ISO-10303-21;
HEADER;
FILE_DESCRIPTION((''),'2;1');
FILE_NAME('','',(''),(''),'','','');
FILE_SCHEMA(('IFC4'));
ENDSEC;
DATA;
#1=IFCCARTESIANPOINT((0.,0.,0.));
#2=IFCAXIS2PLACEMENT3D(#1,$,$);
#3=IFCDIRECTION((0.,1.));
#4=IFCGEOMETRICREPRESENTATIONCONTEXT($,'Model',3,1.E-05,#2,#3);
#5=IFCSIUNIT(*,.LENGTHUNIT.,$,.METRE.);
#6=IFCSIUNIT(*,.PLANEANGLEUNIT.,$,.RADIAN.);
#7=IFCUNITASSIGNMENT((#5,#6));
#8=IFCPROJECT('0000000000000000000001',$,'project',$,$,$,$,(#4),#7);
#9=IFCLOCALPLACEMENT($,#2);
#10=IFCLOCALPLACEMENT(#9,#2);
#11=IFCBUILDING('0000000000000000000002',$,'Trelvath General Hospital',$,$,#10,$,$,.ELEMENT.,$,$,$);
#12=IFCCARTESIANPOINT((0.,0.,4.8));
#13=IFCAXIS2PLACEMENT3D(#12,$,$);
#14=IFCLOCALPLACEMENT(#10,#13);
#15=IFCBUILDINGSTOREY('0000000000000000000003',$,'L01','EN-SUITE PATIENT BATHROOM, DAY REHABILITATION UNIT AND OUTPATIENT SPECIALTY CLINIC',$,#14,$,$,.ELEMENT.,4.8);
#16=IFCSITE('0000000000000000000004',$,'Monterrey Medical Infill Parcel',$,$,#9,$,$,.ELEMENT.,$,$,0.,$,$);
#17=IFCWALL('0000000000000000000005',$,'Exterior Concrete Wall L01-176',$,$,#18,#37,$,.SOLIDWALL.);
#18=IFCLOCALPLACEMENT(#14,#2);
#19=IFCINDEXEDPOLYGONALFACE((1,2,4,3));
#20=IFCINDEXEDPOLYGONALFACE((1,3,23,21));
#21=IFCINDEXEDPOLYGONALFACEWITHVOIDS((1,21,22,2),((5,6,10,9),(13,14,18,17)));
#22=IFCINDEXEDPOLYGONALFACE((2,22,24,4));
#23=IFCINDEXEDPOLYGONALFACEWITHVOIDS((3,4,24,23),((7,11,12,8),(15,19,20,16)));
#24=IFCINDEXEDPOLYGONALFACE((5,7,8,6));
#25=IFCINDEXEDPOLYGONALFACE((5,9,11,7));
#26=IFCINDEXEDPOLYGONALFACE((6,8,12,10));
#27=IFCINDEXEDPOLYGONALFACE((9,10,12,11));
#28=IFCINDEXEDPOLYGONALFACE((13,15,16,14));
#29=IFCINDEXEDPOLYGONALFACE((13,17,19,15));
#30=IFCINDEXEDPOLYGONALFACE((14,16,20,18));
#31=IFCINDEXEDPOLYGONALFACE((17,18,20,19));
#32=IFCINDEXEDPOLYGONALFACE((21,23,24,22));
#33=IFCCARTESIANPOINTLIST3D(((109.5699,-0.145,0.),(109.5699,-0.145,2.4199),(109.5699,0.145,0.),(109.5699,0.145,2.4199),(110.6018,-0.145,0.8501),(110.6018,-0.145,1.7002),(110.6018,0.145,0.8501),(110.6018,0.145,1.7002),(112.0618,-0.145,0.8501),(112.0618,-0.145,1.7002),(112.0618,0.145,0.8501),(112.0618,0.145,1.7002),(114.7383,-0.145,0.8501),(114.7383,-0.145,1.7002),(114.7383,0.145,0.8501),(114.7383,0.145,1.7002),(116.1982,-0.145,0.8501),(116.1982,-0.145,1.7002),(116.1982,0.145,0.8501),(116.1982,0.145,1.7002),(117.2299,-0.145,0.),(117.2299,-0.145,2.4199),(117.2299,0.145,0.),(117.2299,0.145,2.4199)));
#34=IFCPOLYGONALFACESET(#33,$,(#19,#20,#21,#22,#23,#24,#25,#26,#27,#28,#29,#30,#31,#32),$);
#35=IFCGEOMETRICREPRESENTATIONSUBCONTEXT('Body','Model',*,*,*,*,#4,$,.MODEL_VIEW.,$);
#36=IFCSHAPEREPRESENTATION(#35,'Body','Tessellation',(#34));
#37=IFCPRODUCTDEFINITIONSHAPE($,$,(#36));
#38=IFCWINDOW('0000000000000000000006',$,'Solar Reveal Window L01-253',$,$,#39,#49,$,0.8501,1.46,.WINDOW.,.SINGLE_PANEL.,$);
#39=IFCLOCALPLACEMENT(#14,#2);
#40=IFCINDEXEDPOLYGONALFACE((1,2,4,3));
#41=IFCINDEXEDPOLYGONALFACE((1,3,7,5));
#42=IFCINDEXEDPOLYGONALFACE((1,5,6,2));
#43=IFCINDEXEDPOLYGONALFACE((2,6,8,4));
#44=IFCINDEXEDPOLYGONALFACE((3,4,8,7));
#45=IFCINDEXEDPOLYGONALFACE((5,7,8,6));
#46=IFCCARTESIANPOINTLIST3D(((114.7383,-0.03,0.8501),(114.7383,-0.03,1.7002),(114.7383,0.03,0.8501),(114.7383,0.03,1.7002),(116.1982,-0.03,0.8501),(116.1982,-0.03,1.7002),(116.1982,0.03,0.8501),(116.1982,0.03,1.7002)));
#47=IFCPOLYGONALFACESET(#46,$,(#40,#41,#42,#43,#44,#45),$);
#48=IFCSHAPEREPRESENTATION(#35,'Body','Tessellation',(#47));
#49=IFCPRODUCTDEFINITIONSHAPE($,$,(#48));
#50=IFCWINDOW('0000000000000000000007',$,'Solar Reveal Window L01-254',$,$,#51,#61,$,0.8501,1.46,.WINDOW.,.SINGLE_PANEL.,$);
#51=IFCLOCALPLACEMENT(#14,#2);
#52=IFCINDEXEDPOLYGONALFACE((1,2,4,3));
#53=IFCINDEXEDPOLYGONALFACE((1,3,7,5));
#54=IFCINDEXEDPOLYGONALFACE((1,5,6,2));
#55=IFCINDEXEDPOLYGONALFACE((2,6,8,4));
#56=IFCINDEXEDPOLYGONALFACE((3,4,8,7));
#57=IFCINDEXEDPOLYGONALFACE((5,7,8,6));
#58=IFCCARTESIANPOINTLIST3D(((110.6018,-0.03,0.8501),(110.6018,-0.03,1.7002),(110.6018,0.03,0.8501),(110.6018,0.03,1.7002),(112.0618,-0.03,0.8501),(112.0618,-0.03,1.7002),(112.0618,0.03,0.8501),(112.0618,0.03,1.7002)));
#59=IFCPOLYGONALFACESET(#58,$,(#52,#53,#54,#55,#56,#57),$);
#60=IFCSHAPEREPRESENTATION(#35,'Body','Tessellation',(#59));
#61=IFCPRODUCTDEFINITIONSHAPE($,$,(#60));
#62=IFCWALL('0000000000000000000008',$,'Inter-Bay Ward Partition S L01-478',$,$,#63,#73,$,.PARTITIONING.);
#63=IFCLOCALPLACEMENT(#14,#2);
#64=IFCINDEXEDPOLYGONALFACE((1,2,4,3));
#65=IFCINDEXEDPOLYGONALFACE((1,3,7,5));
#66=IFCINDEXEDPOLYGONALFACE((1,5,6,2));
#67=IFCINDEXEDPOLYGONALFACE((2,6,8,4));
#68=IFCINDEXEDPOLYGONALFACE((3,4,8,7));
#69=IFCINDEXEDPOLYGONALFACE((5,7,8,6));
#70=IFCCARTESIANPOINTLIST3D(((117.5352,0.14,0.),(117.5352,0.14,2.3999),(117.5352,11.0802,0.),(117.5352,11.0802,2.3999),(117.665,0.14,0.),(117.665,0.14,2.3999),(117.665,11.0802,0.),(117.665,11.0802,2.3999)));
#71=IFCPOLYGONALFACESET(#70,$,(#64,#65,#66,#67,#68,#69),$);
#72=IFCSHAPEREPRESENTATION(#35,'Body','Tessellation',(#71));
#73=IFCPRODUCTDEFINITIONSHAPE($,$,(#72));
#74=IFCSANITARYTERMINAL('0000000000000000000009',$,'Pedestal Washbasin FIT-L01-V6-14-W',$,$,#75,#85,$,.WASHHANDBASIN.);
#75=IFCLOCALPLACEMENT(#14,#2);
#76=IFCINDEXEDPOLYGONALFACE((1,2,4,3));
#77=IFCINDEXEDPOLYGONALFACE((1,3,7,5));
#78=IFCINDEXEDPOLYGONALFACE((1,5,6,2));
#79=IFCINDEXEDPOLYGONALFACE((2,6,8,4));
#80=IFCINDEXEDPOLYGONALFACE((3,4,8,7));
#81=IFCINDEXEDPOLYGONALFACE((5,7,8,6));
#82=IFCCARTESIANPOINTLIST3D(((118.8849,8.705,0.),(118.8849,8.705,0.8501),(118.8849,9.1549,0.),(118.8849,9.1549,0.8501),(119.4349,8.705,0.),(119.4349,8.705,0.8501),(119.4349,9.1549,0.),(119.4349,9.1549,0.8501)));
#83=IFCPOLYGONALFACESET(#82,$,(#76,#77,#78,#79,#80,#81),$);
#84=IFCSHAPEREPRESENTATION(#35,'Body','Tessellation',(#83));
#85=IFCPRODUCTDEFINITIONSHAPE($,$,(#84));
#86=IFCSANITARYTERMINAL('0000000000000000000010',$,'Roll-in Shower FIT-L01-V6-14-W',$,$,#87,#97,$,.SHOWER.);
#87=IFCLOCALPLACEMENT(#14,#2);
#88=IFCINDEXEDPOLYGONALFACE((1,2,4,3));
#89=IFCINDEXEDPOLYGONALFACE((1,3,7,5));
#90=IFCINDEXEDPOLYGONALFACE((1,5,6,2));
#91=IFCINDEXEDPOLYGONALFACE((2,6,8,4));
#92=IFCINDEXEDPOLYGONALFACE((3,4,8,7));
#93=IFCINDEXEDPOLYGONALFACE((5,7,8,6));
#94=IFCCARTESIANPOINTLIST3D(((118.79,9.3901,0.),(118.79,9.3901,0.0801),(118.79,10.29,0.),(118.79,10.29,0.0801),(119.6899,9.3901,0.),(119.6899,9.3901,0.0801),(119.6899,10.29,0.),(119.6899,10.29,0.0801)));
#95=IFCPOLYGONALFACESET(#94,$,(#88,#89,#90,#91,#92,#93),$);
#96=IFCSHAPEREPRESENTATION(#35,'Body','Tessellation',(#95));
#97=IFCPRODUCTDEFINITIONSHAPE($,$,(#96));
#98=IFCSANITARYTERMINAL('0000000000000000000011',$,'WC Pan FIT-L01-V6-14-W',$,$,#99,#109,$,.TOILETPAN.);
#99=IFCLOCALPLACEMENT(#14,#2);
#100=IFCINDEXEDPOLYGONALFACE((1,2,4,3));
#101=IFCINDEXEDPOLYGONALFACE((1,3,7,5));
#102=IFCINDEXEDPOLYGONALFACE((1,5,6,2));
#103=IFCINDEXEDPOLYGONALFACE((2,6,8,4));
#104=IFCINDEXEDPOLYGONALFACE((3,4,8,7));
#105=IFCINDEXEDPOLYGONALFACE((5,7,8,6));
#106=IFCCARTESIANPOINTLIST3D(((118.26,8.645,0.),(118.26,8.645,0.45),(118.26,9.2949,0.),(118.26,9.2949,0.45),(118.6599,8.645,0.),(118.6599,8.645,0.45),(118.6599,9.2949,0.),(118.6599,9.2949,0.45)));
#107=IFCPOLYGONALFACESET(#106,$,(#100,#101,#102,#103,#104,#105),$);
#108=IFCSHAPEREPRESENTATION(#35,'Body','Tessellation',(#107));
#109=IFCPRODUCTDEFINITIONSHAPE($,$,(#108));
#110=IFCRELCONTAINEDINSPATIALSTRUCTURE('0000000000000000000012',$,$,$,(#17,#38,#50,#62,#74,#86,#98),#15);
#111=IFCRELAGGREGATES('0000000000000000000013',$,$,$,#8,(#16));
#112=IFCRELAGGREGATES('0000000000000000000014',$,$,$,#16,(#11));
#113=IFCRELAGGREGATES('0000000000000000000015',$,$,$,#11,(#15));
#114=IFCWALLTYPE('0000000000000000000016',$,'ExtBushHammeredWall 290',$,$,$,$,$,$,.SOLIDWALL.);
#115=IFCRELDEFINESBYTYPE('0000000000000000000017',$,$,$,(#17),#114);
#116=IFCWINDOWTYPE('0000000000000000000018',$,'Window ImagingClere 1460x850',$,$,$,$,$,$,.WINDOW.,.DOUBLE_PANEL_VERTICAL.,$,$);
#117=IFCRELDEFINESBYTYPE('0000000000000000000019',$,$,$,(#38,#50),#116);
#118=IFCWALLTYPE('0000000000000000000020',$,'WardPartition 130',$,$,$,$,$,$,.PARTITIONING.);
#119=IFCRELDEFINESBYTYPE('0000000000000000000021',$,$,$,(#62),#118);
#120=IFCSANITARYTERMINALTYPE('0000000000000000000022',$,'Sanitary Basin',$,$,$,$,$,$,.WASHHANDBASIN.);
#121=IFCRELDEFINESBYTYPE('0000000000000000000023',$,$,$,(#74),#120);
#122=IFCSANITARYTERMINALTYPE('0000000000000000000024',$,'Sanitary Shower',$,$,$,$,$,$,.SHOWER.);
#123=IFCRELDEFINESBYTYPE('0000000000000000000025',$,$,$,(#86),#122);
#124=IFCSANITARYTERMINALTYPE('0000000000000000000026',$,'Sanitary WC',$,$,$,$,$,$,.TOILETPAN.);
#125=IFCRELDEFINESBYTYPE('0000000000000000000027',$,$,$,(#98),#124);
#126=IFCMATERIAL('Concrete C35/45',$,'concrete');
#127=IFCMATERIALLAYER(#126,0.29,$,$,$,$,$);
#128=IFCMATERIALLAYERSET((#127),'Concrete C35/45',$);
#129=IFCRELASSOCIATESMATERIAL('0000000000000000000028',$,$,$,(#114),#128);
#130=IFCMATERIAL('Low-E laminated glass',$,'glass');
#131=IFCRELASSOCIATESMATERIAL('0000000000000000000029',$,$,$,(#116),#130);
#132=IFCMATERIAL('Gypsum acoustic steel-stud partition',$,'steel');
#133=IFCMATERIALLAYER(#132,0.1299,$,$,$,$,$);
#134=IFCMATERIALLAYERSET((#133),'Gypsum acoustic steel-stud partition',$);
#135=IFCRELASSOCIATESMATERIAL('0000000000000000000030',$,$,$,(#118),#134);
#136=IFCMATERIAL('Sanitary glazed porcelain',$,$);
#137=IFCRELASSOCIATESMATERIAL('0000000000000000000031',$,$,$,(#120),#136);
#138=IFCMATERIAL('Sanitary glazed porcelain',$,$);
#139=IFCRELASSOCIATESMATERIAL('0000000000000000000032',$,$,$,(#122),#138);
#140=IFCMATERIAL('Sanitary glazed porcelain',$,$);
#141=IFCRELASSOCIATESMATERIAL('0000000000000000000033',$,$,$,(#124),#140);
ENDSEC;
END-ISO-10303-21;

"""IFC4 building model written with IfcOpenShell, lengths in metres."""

from ifc_helpers import new_model, si_unit, direction, frame, frame_2d, origin, origin_2d, place, context, subcontext, project, spatial, rectangle, extrude, material, layer, layer_set, type_object, element, fill, save


model = new_model("IFC4")

# Units and contexts
model_context = context("Model", 3, precision=1e-05, world=origin(), true_north=direction((0.0, 1.0)))
body_context = subcontext(model_context, "Body", "Model", "MODEL_VIEW")
ifc_project = project(units=[si_unit("LENGTHUNIT", "METRE"), si_unit("PLANEANGLEUNIT", "RADIAN")], contexts=[model_context])

# Site, building, storey
site_placement = place(None, origin())
site = spatial("IfcSite", under=ifc_project, at=site_placement, Name="Monterrey Medical Infill Parcel", CompositionType="ELEMENT", RefElevation=0.0)
building_placement = place(site_placement, origin())
building = spatial("IfcBuilding", under=site, at=building_placement, Name="Trelvath General Hospital", CompositionType="ELEMENT")
storey_placement = place(building_placement, frame((0.0, 0.0, 4.8)))
storey = spatial("IfcBuildingStorey", under=building, at=storey_placement, Name="L01", Description="EN-SUITE PATIENT BATHROOM, DAY REHABILITATION UNIT AND OUTPATIENT SPECIALTY CLINIC", CompositionType="ELEMENT", Elevation=4.8)

# Wall, openings, windows
ifc_material_1 = material(Name="Concrete C35/45", Category="concrete")
ifc_layer_1 = layer(ifc_material_1, 0.29)
ifc_layer_set_1 = layer_set([ifc_layer_1], Name="Concrete C35/45")
wall_type_1 = type_object("IfcWallType", Name="ExtBushHammeredWall 290", PredefinedType="SOLIDWALL", material=ifc_layer_set_1)
wall_1_placement = place(storey_placement, frame((117.23, 0.0, 0.0), z_axis=(0.0, 0.0, 1.0), x_axis=(-1.0, 0.0, 0.0)))
wall_1 = element("IfcWall", 1, at=wall_1_placement, inside=storey, type_object=wall_type_1, Name="Exterior Concrete Wall L01-176", PredefinedType="SOLIDWALL", context=body_context, shape_type="SweptSolid", body=[
    extrude(rectangle(XDim=7.6599, YDim=0.29, at=frame_2d((3.8301, 0.0))), origin(), (0.0, 0.0, 1.0), 2.4199),
])
opening_1_placement = place(wall_1_placement, frame((1.0317, 0.0, 0.8501)))
opening_1 = element("IfcOpeningElement", 2, at=opening_1_placement, cuts=wall_1, PredefinedType="OPENING", context=body_context, shape_type="SweptSolid", body=[
    extrude(rectangle(XDim=1.46, YDim=0.8501, at=frame_2d((0.73, 0.425))), frame((0.0, 0.155, 0.0), z_axis=(0.0, -1.0, 0.0), x_axis=(1.0, 0.0, 0.0)), (0.0, 0.0, 1.0), 0.3101),
])
opening_2_placement = place(wall_1_placement, frame((5.1682, 0.0, 0.8501)))
opening_2 = element("IfcOpeningElement", 3, at=opening_2_placement, cuts=wall_1, PredefinedType="OPENING", context=body_context, shape_type="SweptSolid", body=[
    extrude(rectangle(XDim=1.46, YDim=0.8501, at=frame_2d((0.73, 0.425))), frame((0.0, 0.155, 0.0), z_axis=(0.0, -1.0, 0.0), x_axis=(1.0, 0.0, 0.0)), (0.0, 0.0, 1.0), 0.3101),
])
ifc_material_2 = material(Name="Low-E laminated glass", Category="glass")
window_type = type_object("IfcWindowType", Name="Window ImagingClere 1460x850", PartitioningType="DOUBLE_PANEL_VERTICAL", PredefinedType="WINDOW", material=ifc_material_2)
window_1_placement = place(opening_1_placement, origin())
window_1 = element("IfcWindow", 4, at=window_1_placement, inside=storey, type_object=window_type, Name="Solar Reveal Window L01-253", OverallHeight=0.8501, OverallWidth=1.46, PartitioningType="SINGLE_PANEL", PredefinedType="WINDOW", context=body_context, shape_type="SweptSolid", body=[
    extrude(rectangle(XDim=1.46, YDim=0.8501, at=frame_2d((0.73, 0.425))), frame((0.0, 0.03, 0.0), z_axis=(0.0, -1.0, 0.0), x_axis=(1.0, 0.0, 0.0)), (0.0, 0.0, 1.0), 0.0601),
])
fill(opening_1, window_1)
window_2_placement = place(opening_2_placement, origin())
window_2 = element("IfcWindow", 5, at=window_2_placement, inside=storey, type_object=window_type, Name="Solar Reveal Window L01-254", OverallHeight=0.8501, OverallWidth=1.46, PartitioningType="SINGLE_PANEL", PredefinedType="WINDOW", context=body_context, shape_type="SweptSolid", body=[
    extrude(rectangle(XDim=1.46, YDim=0.8501, at=frame_2d((0.73, 0.425))), frame((0.0, 0.03, 0.0), z_axis=(0.0, -1.0, 0.0), x_axis=(1.0, 0.0, 0.0)), (0.0, 0.0, 1.0), 0.0601),
])
fill(opening_2, window_2)

# Wall
ifc_material_3 = material(Name="Gypsum acoustic steel-stud partition", Category="steel")
ifc_layer_2 = layer(ifc_material_3, 0.1299)
ifc_layer_set_2 = layer_set([ifc_layer_2], Name="Gypsum acoustic steel-stud partition")
wall_type_2 = type_object("IfcWallType", Name="WardPartition 130", PredefinedType="PARTITIONING", material=ifc_layer_set_2)
wall_2_placement = place(storey_placement, frame((117.6001, 0.1399, 0.0), z_axis=(0.0, 0.0, 1.0), x_axis=(0.0, 1.0, 0.0)))
element("IfcWall", 6, at=wall_2_placement, inside=storey, type_object=wall_type_2, Name="Inter-Bay Ward Partition S L01-478", PredefinedType="PARTITIONING", context=body_context, shape_type="SweptSolid", body=[
    extrude(rectangle(XDim=10.9402, YDim=0.1299, at=frame_2d((5.4702, 0.0))), origin(), (0.0, 0.0, 1.0), 2.3999),
])

# Sanitary terminals
ifc_material_4 = material(Name="Sanitary glazed porcelain")
sanitary_terminal_type_1 = type_object("IfcSanitaryTerminalType", Name="Sanitary Basin", PredefinedType="WASHHANDBASIN", material=ifc_material_4)
sanitary_terminal_1_placement = place(storey_placement, frame((119.1599, 8.9299, 0.0), z_axis=(0.0, 0.0, 1.0), x_axis=(1.0, 0.0, 0.0)))
element("IfcSanitaryTerminal", 7, at=sanitary_terminal_1_placement, inside=storey, type_object=sanitary_terminal_type_1, Name="Pedestal Washbasin FIT-L01-V6-14-W", PredefinedType="WASHHANDBASIN", context=body_context, shape_type="SweptSolid", body=[
    extrude(rectangle(XDim=0.55, YDim=0.45, at=origin_2d()), origin(), (0.0, 0.0, 1.0), 0.8501),
])
ifc_material_5 = material(Name="Sanitary glazed porcelain")
sanitary_terminal_type_2 = type_object("IfcSanitaryTerminalType", Name="Sanitary Shower", PredefinedType="SHOWER", material=ifc_material_5)
sanitary_terminal_2_placement = place(storey_placement, frame((119.24, 9.8401, 0.0), z_axis=(0.0, 0.0, 1.0), x_axis=(1.0, 0.0, 0.0)))
element("IfcSanitaryTerminal", 8, at=sanitary_terminal_2_placement, inside=storey, type_object=sanitary_terminal_type_2, Name="Roll-in Shower FIT-L01-V6-14-W", PredefinedType="SHOWER", context=body_context, shape_type="SweptSolid", body=[
    extrude(rectangle(XDim=0.8999, YDim=0.8999, at=origin_2d()), origin(), (0.0, 0.0, 1.0), 0.0801),
])
ifc_material_6 = material(Name="Sanitary glazed porcelain")
sanitary_terminal_type_3 = type_object("IfcSanitaryTerminalType", Name="Sanitary WC", PredefinedType="TOILETPAN", material=ifc_material_6)
sanitary_terminal_3_placement = place(storey_placement, frame((118.46, 8.97, 0.0), z_axis=(0.0, 0.0, 1.0), x_axis=(1.0, 0.0, 0.0)))
element("IfcSanitaryTerminal", 9, at=sanitary_terminal_3_placement, inside=storey, type_object=sanitary_terminal_type_3, Name="WC Pan FIT-L01-V6-14-W", PredefinedType="TOILETPAN", context=body_context, shape_type="SweptSolid", body=[
    extrude(rectangle(XDim=0.3999, YDim=0.6499, at=origin_2d()), origin(), (0.0, 0.0, 1.0), 0.45),
])

save(model, "model.ifc")
